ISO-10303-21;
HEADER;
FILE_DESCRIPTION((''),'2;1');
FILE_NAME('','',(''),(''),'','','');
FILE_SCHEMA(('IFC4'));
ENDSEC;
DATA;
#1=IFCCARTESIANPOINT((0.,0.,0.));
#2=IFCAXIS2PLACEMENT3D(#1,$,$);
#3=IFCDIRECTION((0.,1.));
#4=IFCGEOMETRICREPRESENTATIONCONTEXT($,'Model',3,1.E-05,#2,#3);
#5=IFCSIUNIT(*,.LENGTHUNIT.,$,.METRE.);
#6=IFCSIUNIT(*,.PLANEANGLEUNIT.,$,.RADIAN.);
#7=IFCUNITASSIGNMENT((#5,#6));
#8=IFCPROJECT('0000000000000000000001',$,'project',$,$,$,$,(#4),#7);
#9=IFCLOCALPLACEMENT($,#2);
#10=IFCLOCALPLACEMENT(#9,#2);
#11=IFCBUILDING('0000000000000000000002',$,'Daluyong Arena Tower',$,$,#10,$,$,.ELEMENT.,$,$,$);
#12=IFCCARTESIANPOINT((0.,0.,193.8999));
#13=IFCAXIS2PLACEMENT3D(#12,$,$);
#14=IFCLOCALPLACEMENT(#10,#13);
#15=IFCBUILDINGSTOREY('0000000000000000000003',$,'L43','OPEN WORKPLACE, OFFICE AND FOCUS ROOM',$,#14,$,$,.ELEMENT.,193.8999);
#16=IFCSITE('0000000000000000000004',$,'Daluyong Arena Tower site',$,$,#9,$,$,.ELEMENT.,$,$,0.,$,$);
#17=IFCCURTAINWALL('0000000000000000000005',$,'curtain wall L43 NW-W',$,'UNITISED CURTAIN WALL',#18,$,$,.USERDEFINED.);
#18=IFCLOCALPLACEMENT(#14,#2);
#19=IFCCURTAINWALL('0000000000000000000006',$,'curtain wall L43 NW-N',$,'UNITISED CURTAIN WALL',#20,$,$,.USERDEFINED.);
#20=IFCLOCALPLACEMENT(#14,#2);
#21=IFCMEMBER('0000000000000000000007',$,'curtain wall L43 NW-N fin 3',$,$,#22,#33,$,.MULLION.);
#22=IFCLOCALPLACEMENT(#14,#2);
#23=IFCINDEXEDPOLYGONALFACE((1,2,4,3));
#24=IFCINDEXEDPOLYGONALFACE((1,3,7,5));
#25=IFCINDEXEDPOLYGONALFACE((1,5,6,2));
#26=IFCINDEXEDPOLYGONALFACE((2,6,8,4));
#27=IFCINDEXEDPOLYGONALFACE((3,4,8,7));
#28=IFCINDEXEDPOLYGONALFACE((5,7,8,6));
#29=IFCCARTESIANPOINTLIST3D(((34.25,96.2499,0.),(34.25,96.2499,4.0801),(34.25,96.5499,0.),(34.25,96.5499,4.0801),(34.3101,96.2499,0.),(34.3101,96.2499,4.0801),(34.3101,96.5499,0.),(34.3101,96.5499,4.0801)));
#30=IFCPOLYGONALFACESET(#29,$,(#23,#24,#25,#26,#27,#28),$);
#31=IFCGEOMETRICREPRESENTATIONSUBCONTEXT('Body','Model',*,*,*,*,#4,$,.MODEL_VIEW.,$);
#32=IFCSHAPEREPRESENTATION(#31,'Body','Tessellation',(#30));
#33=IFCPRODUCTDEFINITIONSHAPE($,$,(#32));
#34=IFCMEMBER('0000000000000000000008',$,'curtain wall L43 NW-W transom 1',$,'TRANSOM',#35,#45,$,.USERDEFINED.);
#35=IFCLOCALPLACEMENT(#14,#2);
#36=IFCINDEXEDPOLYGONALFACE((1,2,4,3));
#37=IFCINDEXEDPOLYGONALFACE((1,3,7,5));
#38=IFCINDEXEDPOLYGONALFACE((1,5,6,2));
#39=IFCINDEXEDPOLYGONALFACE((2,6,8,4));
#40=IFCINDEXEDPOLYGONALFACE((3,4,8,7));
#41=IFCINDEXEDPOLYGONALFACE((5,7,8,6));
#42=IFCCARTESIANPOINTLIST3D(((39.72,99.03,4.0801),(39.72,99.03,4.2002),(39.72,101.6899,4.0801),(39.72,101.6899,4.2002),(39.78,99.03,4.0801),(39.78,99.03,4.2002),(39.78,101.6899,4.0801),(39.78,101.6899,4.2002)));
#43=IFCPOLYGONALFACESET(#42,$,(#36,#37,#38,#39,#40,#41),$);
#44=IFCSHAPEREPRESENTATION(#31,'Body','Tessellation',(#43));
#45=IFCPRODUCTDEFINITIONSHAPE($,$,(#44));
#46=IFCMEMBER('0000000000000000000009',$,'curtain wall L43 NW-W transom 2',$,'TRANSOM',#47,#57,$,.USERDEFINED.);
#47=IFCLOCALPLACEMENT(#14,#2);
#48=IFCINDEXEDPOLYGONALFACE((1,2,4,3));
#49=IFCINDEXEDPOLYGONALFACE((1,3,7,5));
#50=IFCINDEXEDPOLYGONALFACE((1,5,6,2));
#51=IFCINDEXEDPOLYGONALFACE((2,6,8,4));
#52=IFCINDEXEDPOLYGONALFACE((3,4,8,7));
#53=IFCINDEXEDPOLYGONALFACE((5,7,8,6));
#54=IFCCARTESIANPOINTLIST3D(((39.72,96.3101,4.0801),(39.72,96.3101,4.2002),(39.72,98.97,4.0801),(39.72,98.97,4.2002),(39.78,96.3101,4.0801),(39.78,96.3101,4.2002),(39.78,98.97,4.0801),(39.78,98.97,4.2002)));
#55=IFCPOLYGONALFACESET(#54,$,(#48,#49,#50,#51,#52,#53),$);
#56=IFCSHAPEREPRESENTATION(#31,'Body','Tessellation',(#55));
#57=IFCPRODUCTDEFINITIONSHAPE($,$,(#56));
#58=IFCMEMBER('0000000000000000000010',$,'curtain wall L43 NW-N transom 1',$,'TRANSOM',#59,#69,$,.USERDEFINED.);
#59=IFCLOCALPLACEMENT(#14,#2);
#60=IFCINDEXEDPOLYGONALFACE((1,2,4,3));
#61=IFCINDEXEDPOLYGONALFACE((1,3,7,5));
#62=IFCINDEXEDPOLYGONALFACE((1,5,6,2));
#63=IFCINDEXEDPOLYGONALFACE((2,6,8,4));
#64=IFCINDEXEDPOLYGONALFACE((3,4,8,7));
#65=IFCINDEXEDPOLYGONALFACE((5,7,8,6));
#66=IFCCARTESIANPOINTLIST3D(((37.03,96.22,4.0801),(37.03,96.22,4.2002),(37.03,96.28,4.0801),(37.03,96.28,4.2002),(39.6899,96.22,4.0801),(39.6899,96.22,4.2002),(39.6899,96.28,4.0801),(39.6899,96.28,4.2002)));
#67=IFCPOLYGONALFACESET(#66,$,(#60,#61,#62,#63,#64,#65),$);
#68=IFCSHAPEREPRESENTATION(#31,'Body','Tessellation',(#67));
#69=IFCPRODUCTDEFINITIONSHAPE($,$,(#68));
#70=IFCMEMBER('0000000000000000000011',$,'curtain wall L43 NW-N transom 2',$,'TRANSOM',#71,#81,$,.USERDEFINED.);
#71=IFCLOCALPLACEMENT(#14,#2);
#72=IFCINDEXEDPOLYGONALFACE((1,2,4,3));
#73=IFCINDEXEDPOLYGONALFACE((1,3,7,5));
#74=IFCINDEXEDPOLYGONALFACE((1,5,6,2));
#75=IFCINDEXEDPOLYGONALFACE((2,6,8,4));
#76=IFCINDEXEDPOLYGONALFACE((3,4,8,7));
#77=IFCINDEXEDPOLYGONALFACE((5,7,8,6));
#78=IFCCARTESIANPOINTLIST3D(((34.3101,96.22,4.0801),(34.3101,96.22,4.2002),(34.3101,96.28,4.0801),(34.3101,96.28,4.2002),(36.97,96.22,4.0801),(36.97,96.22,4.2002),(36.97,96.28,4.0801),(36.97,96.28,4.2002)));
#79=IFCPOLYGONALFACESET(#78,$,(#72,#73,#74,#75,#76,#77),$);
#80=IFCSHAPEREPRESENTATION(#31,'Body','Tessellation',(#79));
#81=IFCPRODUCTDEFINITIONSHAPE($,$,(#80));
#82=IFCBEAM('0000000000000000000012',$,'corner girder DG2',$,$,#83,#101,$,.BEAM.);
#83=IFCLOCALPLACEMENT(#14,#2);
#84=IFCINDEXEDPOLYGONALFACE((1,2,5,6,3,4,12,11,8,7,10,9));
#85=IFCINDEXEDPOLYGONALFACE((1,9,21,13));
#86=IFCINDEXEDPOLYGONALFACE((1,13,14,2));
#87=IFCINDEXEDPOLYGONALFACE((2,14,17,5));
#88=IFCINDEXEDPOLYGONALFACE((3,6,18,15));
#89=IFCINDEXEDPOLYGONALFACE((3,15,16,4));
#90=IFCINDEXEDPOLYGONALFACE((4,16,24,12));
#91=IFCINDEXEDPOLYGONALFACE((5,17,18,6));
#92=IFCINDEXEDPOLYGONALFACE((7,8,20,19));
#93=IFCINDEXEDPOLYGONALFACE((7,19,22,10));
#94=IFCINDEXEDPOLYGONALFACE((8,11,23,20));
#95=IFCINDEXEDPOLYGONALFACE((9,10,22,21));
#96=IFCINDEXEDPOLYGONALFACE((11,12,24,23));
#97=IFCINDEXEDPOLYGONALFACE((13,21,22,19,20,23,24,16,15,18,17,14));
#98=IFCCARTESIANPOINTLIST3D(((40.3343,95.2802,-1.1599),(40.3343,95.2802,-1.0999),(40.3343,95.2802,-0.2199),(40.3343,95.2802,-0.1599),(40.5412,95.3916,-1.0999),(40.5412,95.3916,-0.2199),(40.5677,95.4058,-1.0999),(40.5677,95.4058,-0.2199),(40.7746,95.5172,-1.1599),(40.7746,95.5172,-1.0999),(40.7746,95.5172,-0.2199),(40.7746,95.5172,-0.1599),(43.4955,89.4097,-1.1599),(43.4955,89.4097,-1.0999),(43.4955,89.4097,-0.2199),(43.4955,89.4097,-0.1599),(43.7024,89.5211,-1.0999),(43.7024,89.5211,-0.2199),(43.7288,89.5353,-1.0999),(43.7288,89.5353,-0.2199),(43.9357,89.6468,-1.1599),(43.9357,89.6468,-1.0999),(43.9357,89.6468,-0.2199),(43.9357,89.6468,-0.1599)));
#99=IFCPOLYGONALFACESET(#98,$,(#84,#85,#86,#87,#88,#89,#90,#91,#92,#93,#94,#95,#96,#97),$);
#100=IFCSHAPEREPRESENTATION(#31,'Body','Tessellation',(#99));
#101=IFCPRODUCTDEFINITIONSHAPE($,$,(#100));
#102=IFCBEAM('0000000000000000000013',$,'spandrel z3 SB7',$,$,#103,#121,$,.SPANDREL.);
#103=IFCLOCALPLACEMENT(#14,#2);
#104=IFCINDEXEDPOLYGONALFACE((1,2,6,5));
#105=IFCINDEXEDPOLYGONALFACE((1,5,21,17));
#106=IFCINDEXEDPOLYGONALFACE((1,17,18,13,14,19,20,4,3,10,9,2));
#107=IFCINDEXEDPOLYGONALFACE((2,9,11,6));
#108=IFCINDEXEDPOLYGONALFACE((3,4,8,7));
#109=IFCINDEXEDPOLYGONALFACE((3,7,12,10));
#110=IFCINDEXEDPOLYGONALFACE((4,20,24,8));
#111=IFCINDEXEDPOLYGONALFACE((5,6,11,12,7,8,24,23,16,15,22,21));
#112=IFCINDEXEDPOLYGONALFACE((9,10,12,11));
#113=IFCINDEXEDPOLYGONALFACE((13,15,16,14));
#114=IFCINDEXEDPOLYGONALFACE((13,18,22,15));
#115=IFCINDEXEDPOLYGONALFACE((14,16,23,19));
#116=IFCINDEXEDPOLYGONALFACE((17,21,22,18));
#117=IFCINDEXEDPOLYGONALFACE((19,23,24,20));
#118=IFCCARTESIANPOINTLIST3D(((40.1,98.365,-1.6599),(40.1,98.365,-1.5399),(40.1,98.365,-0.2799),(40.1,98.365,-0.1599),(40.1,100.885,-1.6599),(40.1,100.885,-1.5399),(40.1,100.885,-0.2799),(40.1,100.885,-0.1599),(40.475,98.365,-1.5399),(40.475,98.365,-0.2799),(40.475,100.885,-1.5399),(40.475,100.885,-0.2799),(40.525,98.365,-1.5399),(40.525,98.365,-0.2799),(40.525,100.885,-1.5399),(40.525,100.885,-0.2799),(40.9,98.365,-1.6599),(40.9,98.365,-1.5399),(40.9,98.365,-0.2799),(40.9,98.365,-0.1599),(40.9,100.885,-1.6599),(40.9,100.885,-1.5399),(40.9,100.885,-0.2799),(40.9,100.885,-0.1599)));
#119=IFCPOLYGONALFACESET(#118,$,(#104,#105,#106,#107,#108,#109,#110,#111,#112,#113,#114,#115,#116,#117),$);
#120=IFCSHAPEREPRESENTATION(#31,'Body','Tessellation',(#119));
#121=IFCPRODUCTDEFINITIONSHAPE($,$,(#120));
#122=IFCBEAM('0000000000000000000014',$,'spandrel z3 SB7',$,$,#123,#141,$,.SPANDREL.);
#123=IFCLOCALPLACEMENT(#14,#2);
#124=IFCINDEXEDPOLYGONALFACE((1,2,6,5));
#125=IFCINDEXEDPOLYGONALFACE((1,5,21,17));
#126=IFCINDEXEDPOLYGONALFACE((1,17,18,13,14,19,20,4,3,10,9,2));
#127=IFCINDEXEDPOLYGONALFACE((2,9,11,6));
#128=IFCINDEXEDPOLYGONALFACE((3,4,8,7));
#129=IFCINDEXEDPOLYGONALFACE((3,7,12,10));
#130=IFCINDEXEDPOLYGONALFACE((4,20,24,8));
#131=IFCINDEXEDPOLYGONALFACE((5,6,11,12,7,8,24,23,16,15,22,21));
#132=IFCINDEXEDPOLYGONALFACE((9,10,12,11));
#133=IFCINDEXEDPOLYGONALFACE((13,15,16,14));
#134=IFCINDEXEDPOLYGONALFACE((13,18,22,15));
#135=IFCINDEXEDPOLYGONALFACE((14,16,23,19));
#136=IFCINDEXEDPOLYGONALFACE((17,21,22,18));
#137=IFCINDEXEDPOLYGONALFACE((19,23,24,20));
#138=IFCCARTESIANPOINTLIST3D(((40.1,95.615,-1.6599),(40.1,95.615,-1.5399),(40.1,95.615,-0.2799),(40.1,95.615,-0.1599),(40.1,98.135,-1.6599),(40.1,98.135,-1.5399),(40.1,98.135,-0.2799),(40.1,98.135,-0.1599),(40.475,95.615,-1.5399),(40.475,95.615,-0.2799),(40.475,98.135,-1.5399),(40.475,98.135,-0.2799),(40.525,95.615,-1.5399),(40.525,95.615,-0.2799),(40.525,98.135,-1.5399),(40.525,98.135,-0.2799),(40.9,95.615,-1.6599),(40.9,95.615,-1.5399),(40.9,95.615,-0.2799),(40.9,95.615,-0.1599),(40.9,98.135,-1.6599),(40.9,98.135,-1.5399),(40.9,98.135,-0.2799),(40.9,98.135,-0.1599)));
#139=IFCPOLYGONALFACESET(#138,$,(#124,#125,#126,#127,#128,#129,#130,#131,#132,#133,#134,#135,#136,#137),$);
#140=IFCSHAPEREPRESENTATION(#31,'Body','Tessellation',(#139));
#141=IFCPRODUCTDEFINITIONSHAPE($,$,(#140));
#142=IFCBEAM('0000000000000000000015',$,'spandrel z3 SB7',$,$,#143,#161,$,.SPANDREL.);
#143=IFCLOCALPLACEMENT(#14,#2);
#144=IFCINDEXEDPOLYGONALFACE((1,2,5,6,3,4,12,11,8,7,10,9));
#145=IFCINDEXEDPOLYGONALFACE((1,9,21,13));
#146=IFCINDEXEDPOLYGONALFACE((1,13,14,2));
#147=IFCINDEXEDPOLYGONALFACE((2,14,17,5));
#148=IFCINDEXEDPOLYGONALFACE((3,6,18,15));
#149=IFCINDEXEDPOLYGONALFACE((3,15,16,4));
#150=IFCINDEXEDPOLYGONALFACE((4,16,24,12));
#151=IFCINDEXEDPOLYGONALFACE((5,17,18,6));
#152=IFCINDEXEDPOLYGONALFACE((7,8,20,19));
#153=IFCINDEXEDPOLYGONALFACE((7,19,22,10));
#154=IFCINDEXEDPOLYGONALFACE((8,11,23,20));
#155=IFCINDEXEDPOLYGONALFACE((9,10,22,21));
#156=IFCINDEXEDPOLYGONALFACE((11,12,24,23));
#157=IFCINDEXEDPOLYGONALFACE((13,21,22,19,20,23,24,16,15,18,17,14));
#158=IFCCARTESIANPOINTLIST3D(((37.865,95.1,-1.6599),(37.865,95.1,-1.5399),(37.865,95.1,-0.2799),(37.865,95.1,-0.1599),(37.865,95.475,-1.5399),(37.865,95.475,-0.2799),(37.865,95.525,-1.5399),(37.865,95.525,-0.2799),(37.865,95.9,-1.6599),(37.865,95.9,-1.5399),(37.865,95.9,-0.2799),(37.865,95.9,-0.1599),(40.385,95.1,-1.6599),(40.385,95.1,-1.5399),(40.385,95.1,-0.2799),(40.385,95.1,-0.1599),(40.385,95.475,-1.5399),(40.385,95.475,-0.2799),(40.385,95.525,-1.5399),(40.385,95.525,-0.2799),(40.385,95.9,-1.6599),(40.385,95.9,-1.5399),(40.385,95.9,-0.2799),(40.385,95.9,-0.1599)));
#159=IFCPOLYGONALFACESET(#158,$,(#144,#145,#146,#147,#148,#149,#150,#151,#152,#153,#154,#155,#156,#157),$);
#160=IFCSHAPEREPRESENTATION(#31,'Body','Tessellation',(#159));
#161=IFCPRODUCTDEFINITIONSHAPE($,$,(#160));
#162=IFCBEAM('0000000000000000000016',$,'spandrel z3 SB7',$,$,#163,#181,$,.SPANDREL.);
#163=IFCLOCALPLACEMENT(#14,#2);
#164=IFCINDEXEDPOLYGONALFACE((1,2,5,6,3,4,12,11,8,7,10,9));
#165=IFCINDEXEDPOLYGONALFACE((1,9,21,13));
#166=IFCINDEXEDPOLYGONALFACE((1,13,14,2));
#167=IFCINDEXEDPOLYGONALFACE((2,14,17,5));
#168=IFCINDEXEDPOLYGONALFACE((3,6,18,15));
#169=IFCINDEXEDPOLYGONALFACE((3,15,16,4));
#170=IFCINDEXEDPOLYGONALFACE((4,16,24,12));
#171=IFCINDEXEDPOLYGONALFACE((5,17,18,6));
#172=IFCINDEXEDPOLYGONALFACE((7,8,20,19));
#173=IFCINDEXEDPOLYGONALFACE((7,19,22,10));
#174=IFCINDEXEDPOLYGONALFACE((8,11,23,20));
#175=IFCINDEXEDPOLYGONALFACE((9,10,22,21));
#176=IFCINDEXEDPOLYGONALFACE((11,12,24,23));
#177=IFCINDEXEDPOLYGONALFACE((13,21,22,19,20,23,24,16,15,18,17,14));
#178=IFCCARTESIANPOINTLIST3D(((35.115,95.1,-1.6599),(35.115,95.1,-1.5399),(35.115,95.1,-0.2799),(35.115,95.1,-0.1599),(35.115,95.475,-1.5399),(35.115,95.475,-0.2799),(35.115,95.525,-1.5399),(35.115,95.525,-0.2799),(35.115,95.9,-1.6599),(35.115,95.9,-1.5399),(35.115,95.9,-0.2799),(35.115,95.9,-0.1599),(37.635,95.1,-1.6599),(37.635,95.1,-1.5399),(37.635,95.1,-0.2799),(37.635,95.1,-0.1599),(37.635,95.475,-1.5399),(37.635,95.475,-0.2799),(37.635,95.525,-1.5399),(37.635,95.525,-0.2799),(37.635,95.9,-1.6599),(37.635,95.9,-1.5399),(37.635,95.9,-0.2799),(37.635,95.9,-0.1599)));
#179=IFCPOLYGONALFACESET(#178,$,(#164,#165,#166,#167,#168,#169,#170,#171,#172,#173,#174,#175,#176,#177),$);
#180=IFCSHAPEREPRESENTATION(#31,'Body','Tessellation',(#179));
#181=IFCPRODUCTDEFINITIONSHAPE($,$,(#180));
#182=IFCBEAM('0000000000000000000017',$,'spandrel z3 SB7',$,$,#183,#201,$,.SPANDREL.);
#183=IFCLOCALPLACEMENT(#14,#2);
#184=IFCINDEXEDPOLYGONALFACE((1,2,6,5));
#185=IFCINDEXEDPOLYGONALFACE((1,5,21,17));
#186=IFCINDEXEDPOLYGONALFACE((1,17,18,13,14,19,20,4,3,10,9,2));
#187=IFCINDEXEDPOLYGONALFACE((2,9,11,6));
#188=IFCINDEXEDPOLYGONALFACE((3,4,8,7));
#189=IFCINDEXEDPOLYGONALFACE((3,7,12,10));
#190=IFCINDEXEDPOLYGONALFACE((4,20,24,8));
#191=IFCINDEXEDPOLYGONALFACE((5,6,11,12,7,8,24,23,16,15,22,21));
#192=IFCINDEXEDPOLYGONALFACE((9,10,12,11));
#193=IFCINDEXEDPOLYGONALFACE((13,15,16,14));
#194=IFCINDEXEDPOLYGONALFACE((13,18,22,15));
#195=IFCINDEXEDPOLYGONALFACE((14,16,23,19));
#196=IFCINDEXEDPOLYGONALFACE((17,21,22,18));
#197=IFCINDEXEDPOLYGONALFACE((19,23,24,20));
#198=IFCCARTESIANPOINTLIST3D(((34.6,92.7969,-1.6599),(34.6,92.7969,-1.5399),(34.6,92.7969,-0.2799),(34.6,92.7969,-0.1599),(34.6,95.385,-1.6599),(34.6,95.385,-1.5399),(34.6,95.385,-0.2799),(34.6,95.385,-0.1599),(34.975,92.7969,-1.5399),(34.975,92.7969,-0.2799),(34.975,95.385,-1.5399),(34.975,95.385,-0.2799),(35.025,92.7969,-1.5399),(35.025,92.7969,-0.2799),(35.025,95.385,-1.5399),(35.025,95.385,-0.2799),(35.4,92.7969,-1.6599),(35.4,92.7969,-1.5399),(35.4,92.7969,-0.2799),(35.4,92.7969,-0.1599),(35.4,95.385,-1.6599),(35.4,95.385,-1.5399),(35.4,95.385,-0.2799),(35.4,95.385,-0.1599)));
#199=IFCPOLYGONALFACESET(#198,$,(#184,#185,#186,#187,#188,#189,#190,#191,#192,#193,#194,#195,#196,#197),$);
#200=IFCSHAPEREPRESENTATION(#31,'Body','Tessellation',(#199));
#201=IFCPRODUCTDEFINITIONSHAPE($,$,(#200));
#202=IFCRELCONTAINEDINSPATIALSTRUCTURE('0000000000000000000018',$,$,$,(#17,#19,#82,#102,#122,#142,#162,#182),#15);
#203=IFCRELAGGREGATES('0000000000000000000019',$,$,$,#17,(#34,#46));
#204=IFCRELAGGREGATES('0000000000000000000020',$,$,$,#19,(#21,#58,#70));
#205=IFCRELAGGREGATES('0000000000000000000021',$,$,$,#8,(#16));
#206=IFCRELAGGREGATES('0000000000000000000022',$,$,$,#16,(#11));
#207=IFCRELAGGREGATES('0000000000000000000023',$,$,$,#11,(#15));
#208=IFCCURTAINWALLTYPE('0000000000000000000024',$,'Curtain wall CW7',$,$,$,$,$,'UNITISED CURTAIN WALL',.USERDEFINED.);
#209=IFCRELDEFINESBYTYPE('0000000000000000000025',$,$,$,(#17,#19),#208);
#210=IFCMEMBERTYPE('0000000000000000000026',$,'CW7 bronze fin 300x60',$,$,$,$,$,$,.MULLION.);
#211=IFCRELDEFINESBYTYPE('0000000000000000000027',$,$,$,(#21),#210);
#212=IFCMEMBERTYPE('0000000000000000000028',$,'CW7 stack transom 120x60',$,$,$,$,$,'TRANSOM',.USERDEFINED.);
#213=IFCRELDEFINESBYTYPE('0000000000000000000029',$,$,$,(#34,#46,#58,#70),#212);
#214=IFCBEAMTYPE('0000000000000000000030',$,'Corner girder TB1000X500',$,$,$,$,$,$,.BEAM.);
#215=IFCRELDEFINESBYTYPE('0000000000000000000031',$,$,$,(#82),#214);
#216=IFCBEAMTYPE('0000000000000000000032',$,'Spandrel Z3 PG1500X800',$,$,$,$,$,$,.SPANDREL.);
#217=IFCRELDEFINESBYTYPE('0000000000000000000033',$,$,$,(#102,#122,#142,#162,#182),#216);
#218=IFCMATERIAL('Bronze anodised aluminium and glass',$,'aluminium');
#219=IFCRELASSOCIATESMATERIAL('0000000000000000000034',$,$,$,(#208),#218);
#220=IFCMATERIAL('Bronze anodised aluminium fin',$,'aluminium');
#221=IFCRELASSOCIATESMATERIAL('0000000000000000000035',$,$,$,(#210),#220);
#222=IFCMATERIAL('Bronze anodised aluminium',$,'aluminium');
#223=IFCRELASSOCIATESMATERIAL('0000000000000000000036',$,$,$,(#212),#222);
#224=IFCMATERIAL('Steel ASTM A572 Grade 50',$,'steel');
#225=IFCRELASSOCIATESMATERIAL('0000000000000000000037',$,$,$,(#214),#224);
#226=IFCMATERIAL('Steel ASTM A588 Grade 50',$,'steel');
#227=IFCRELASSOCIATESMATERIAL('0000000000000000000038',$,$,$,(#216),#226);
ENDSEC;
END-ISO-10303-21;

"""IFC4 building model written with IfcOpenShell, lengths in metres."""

from ifc_helpers import new_model, si_unit, direction, frame, origin, origin_2d, place, context, subcontext, project, spatial, rectangle, i_section, extrude, material, material_profile, profile_set, type_object, element, aggregate, save


model = new_model("IFC4")

# Units and contexts
model_context = context("Model", 3, precision=1e-05, world=origin(), true_north=direction((0.0, 1.0)))
body_context = subcontext(model_context, "Body", "Model", "MODEL_VIEW")
ifc_project = project(units=[si_unit("LENGTHUNIT", "METRE"), si_unit("PLANEANGLEUNIT", "RADIAN")], contexts=[model_context])

# Site, building, storey
site_placement = place(None, origin())
site = spatial("IfcSite", under=ifc_project, at=site_placement, Name="Daluyong Arena Tower site", CompositionType="ELEMENT", RefElevation=0.0)
building_placement = place(site_placement, origin())
building = spatial("IfcBuilding", under=site, at=building_placement, Name="Daluyong Arena Tower", CompositionType="ELEMENT")
storey_placement = place(building_placement, frame((0.0, 0.0, 193.8999)))
storey = spatial("IfcBuildingStorey", under=building, at=storey_placement, Name="L43", Description="OPEN WORKPLACE, OFFICE AND FOCUS ROOM", CompositionType="ELEMENT", Elevation=193.8999)

# Curtain walls, member
ifc_material_1 = material(Name="Bronze anodised aluminium and glass", Category="aluminium")
curtain_wall_type_1 = type_object("IfcCurtainWallType", Name="Curtain wall CW7", ElementType="UNITISED CURTAIN WALL", PredefinedType="USERDEFINED", material=ifc_material_1)
curtain_wall_1_placement = place(storey_placement, origin())
curtain_wall_1 = element("IfcCurtainWall", 1, at=curtain_wall_1_placement, inside=storey, type_object=curtain_wall_type_1, Name="curtain wall L43 NW-W", ObjectType="UNITISED CURTAIN WALL", PredefinedType="USERDEFINED")
ifc_material_2 = material(Name="Bronze anodised aluminium fin", Category="aluminium")
ifc_material_profile_1 = material_profile(ifc_material_2, rectangle(XDim=0.3, YDim=0.0601, at=origin_2d()))
ifc_profile_set_1 = profile_set([ifc_material_profile_1], Name="Bronze anodised aluminium fin")
member_type_1 = type_object("IfcMemberType", Name="CW7 bronze fin 300x60", PredefinedType="MULLION", material=ifc_profile_set_1)
curtain_wall_2_placement = place(storey_placement, origin())
curtain_wall_2 = element("IfcCurtainWall", 2, at=curtain_wall_2_placement, inside=storey, type_object=curtain_wall_type_1, Name="curtain wall L43 NW-N", ObjectType="UNITISED CURTAIN WALL", PredefinedType="USERDEFINED")
member_1_placement = place(storey_placement, frame((34.28, 96.3999, 0.0), z_axis=(0.0, 0.0, 1.0), x_axis=(0.0, -1.0, 0.0)))
member_1 = element("IfcMember", 3, at=member_1_placement, type_object=member_type_1, Name="curtain wall L43 NW-N fin 3", PredefinedType="MULLION", context=body_context, shape_type="SweptSolid", body=[
    extrude(rectangle(XDim=0.3, YDim=0.0601, at=origin_2d()), origin(), (0.0, 0.0, 1.0), 4.0801),
])

# Members
ifc_material_3 = material(Name="Bronze anodised aluminium", Category="aluminium")
ifc_material_profile_2 = material_profile(ifc_material_3, rectangle(XDim=0.0601, YDim=0.1201, at=origin_2d()))
ifc_profile_set_2 = profile_set([ifc_material_profile_2], Name="Bronze anodised aluminium")
member_type_2 = type_object("IfcMemberType", Name="CW7 stack transom 120x60", ElementType="TRANSOM", PredefinedType="USERDEFINED", material=ifc_profile_set_2)
member_2_placement = place(storey_placement, frame((39.75, 101.6899, 4.1401), z_axis=(0.0, -1.0, 0.0), x_axis=(1.0, 0.0, 0.0)))
member_2 = element("IfcMember", 4, at=member_2_placement, type_object=member_type_2, Name="curtain wall L43 NW-W transom 1", ObjectType="TRANSOM", PredefinedType="USERDEFINED", context=body_context, shape_type="SweptSolid", body=[
    extrude(rectangle(XDim=0.0601, YDim=0.1201, at=origin_2d()), origin(), (0.0, 0.0, 1.0), 2.6599),
])
member_3_placement = place(storey_placement, frame((39.75, 98.97, 4.1401), z_axis=(0.0, -1.0, 0.0), x_axis=(1.0, 0.0, 0.0)))
member_3 = element("IfcMember", 5, at=member_3_placement, type_object=member_type_2, Name="curtain wall L43 NW-W transom 2", ObjectType="TRANSOM", PredefinedType="USERDEFINED", context=body_context, shape_type="SweptSolid", body=[
    extrude(rectangle(XDim=0.0601, YDim=0.1201, at=origin_2d()), origin(), (0.0, 0.0, 1.0), 2.6599),
])
member_4_placement = place(storey_placement, frame((39.6899, 96.25, 4.1401), z_axis=(-1.0, 0.0, 0.0), x_axis=(0.0, -1.0, 0.0)))
member_4 = element("IfcMember", 6, at=member_4_placement, type_object=member_type_2, Name="curtain wall L43 NW-N transom 1", ObjectType="TRANSOM", PredefinedType="USERDEFINED", context=body_context, shape_type="SweptSolid", body=[
    extrude(rectangle(XDim=0.0601, YDim=0.1201, at=origin_2d()), origin(), (0.0, 0.0, 1.0), 2.6599),
])
member_5_placement = place(storey_placement, frame((36.97, 96.25, 4.1401), z_axis=(-1.0, 0.0, 0.0), x_axis=(0.0, -1.0, 0.0)))
member_5 = element("IfcMember", 7, at=member_5_placement, type_object=member_type_2, Name="curtain wall L43 NW-N transom 2", ObjectType="TRANSOM", PredefinedType="USERDEFINED", context=body_context, shape_type="SweptSolid", body=[
    extrude(rectangle(XDim=0.0601, YDim=0.1201, at=origin_2d()), origin(), (0.0, 0.0, 1.0), 2.6599),
])

# Beams
ifc_material_4 = material(Name="Steel ASTM A572 Grade 50", Category="steel")
ifc_material_profile_3 = material_profile(ifc_material_4, i_section(OverallWidth=0.5, OverallDepth=1.0, WebThickness=0.03, FlangeThickness=0.06, at=origin_2d()))
ifc_profile_set_3 = profile_set([ifc_material_profile_3], Name="Steel ASTM A572 Grade 50")
beam_type_1 = type_object("IfcBeamType", Name="Corner girder TB1000X500", PredefinedType="BEAM", material=ifc_profile_set_3)
beam_1_placement = place(storey_placement, frame((40.5544, 95.3987, -0.6599), z_axis=(0.474119, -0.880461, 0.0), x_axis=(0.880461, 0.474119, 0.0)))
element("IfcBeam", 8, at=beam_1_placement, inside=storey, type_object=beam_type_1, Name="corner girder DG2", PredefinedType="BEAM", context=body_context, shape_type="SweptSolid", body=[
    extrude(i_section(OverallWidth=0.5, OverallDepth=1.0, WebThickness=0.03, FlangeThickness=0.06, at=origin_2d()), origin(), (0.0, 0.0, 1.0), 6.6675),
])
ifc_material_5 = material(Name="Steel ASTM A588 Grade 50", Category="steel")
ifc_material_profile_4 = material_profile(ifc_material_5, i_section(OverallWidth=0.8, OverallDepth=1.5, WebThickness=0.05, FlangeThickness=0.12, at=origin_2d()))
ifc_profile_set_4 = profile_set([ifc_material_profile_4], Name="Steel ASTM A588 Grade 50")
beam_type_2 = type_object("IfcBeamType", Name="Spandrel Z3 PG1500X800", PredefinedType="SPANDREL", material=ifc_profile_set_4)
for number, where, z_axis, x_axis, name in (
    (9, (40.5, 100.885, -0.9099), (0.0, -1.0, 0.0), (1.0, 0.0, 0.0), "spandrel z3 SB7"),
    (10, (40.5, 98.135, -0.9099), (0.0, -1.0, 0.0), (1.0, 0.0, 0.0), "spandrel z3 SB7"),
    (11, (40.385, 95.5, -0.9099), (-1.0, 0.0, 0.0), (0.0, -1.0, 0.0), "spandrel z3 SB7"),
    (12, (37.635, 95.5, -0.9099), (-1.0, 0.0, 0.0), (0.0, -1.0, 0.0), "spandrel z3 SB7"),
):
    element("IfcBeam", number, at=place(storey_placement, frame(where, z_axis=z_axis, x_axis=x_axis)), inside=storey, type_object=beam_type_2, Name=name, PredefinedType="SPANDREL", context=body_context, shape_type="SweptSolid", body=[
        extrude(i_section(OverallWidth=0.8, OverallDepth=1.5, WebThickness=0.05, FlangeThickness=0.12, at=origin_2d()), origin(), (0.0, 0.0, 1.0), 2.52),
    ])
beam_2_placement = place(storey_placement, frame((35.0, 95.385, -0.9099), z_axis=(0.0, -1.0, 0.0), x_axis=(1.0, 0.0, 0.0)))
element("IfcBeam", 13, at=beam_2_placement, inside=storey, type_object=beam_type_2, Name="spandrel z3 SB7", PredefinedType="SPANDREL", context=body_context, shape_type="SweptSolid", body=[
    extrude(i_section(OverallWidth=0.8, OverallDepth=1.5, WebThickness=0.05, FlangeThickness=0.12, at=origin_2d()), origin(), (0.0, 0.0, 1.0), 2.5881),
])

aggregate(curtain_wall_1, [member_2, member_3])
aggregate(curtain_wall_2, [member_1, member_4, member_5])

save(model, "model.ifc")
